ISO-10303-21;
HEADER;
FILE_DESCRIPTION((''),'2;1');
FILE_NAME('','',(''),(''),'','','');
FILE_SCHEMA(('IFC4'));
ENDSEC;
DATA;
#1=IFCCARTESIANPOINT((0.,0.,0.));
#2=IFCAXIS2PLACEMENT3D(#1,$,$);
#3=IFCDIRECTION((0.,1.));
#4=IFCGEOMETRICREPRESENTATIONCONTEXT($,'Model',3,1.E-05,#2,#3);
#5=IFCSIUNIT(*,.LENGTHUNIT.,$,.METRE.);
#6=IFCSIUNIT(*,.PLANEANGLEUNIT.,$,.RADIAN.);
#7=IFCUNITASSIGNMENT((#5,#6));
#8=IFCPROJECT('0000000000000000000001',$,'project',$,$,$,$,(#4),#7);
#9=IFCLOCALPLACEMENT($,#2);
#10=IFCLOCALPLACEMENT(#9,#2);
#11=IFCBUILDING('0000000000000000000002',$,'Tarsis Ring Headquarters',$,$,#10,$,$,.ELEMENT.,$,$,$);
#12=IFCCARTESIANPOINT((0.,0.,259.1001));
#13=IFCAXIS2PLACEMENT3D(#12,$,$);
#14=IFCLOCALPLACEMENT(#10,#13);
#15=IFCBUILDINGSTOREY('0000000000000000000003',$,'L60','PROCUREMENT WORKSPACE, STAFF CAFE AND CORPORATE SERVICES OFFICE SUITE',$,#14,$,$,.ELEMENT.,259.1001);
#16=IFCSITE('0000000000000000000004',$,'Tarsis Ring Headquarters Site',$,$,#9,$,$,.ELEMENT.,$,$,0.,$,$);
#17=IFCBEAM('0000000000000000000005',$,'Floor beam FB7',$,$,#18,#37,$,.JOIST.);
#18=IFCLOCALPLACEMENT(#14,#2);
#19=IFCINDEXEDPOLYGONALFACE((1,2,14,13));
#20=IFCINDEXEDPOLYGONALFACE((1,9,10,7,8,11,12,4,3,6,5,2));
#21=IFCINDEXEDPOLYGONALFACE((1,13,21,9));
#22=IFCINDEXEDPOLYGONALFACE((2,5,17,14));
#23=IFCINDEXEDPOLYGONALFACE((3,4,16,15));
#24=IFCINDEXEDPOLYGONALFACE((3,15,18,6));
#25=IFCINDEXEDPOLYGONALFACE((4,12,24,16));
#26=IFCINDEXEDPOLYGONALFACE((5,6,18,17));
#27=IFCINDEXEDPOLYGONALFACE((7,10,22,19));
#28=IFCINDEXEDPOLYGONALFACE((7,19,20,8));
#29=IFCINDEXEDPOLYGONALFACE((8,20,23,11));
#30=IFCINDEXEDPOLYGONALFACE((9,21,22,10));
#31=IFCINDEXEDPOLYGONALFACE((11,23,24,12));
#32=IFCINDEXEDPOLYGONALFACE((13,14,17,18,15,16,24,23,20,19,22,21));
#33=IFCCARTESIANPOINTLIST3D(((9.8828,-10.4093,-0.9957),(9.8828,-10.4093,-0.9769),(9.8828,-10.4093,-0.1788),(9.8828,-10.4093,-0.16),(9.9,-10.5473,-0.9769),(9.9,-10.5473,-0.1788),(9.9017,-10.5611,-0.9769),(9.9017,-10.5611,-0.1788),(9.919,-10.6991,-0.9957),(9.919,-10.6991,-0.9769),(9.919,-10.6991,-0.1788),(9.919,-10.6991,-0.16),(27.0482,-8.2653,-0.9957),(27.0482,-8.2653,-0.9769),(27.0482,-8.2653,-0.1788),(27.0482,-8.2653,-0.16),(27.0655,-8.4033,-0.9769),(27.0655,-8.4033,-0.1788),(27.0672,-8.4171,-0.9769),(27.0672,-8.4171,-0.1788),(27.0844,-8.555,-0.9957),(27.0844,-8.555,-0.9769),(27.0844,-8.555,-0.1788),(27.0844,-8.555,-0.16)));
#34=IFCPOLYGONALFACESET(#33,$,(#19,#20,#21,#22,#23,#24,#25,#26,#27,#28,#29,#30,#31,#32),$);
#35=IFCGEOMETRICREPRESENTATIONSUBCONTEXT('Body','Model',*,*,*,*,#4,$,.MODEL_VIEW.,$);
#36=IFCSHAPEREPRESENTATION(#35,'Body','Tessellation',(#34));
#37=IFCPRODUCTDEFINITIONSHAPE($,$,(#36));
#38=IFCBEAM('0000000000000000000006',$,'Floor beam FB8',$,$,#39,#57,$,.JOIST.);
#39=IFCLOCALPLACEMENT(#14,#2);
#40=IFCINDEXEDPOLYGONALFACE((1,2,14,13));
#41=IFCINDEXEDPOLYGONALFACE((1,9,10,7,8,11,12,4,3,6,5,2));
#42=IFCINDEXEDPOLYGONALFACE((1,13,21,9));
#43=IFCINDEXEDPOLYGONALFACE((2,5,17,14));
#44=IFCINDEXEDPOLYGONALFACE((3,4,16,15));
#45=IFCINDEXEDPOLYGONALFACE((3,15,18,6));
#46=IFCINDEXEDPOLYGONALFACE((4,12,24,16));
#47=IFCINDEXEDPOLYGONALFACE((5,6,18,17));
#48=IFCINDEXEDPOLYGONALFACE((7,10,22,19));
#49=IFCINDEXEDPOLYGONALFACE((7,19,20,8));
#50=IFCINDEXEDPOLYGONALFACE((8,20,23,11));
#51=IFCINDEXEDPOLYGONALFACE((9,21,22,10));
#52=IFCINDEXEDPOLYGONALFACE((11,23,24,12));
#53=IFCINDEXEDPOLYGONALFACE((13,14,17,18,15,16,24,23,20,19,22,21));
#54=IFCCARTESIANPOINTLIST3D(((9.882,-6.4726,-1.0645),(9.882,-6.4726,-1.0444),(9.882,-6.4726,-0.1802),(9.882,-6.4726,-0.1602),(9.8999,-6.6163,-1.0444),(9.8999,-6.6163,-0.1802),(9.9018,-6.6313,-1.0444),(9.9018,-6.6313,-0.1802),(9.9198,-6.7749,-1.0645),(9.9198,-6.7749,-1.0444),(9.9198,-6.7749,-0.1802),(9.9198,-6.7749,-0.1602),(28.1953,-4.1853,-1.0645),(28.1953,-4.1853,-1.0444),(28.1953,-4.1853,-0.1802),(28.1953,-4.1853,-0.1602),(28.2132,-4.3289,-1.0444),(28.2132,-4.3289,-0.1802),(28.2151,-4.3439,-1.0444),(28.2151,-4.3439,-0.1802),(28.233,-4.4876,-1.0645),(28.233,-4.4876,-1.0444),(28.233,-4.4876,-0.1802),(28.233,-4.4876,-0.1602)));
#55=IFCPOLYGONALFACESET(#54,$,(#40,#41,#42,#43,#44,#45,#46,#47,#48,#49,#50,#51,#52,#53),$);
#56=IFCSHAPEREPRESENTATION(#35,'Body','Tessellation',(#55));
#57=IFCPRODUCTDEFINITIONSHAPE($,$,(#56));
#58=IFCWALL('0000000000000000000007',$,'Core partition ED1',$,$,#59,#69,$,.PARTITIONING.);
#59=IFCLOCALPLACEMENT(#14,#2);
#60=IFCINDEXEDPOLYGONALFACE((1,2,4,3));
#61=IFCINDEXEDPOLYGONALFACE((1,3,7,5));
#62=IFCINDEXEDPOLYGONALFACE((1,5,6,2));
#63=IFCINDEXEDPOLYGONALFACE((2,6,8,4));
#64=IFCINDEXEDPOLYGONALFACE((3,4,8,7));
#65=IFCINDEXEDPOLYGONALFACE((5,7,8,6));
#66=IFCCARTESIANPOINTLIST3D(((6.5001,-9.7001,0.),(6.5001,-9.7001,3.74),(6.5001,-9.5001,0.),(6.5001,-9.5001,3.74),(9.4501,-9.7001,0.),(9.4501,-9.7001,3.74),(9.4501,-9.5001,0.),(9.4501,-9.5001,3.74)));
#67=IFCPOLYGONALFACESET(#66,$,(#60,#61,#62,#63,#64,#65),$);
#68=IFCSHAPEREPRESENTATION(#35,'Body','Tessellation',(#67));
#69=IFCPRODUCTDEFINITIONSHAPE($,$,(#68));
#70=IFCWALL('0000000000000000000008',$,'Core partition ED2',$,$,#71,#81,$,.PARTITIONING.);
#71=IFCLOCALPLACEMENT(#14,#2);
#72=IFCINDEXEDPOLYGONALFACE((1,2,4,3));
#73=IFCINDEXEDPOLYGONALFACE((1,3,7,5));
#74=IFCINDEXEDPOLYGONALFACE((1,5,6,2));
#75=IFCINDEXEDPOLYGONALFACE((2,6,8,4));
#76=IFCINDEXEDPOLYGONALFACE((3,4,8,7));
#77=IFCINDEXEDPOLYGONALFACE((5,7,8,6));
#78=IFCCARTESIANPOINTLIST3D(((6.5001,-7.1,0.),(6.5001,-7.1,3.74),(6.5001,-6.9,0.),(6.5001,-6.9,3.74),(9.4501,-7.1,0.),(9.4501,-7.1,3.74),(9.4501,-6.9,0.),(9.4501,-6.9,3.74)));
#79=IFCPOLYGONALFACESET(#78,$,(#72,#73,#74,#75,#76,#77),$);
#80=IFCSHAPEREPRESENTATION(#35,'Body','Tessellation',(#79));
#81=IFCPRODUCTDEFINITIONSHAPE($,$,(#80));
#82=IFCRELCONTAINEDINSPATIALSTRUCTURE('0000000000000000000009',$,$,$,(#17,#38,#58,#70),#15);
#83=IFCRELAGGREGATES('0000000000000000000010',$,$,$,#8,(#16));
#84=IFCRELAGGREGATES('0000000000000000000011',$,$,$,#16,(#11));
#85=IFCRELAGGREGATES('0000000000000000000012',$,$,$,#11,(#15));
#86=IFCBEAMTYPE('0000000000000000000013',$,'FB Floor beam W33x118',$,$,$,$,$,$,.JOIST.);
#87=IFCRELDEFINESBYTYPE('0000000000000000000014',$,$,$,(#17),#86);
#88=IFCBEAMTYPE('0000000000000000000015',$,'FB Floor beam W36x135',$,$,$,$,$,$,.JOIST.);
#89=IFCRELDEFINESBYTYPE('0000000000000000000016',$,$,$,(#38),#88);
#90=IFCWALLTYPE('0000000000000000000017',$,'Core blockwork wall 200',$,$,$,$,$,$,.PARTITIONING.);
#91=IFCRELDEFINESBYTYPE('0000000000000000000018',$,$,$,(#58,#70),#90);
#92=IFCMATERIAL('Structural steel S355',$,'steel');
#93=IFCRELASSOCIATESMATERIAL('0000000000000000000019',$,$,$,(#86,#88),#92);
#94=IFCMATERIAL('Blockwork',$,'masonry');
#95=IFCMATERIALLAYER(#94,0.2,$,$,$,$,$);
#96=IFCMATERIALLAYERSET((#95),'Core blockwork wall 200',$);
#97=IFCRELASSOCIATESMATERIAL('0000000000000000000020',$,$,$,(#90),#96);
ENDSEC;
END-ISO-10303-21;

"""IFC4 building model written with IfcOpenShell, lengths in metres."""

from ifc_helpers import new_model, si_unit, direction, frame, frame_2d, origin, origin_2d, place, context, subcontext, project, spatial, rectangle, i_section, extrude, material, layer, layer_set, material_profile, profile_set, type_object, element, save


model = new_model("IFC4")

# Units and contexts
model_context = context("Model", 3, precision=1e-05, world=origin(), true_north=direction((0.0, 1.0)))
body_context = subcontext(model_context, "Body", "Model", "MODEL_VIEW")
ifc_project = project(units=[si_unit("LENGTHUNIT", "METRE"), si_unit("PLANEANGLEUNIT", "RADIAN")], contexts=[model_context])

# Site, building, storey
site_placement = place(None, origin())
site = spatial("IfcSite", under=ifc_project, at=site_placement, Name="Tarsis Ring Headquarters Site", CompositionType="ELEMENT", RefElevation=0.0)
building_placement = place(site_placement, origin())
building = spatial("IfcBuilding", under=site, at=building_placement, Name="Tarsis Ring Headquarters", CompositionType="ELEMENT")
storey_placement = place(building_placement, frame((0.0, 0.0, 259.1001)))
storey = spatial("IfcBuildingStorey", under=building, at=storey_placement, Name="L60", Description="PROCUREMENT WORKSPACE, STAFF CAFE AND CORPORATE SERVICES OFFICE SUITE", CompositionType="ELEMENT", Elevation=259.1001)

# Beams
ifc_material_1 = material(Name="Structural steel S355", Category="steel")
ifc_material_profile_1 = material_profile(ifc_material_1, i_section(OverallWidth=0.292, OverallDepth=0.8357, WebThickness=0.0139, FlangeThickness=0.0188, at=origin_2d()), Name="W33x118")
ifc_profile_set_1 = profile_set([ifc_material_profile_1], Name="Structural steel S355")
beam_type_1 = type_object("IfcBeamType", Name="FB Floor beam W33x118", PredefinedType="JOIST", material=ifc_profile_set_1)
beam_1_placement = place(storey_placement, frame((9.9009, -10.5542, -0.5779), z_axis=(0.99229, 0.123941, 0.0), x_axis=(-0.123941, 0.99229, 0.0)))
element("IfcBeam", 1, at=beam_1_placement, inside=storey, type_object=beam_type_1, Name="Floor beam FB7", PredefinedType="JOIST", context=body_context, shape_type="SweptSolid", body=[
    extrude(i_section(OverallWidth=0.292, OverallDepth=0.8357, WebThickness=0.0139, FlangeThickness=0.0188, at=origin_2d()), origin(), (0.0, 0.0, 1.0), 17.2988),
])
ifc_material_profile_2 = material_profile(ifc_material_1, i_section(OverallWidth=0.3047, OverallDepth=0.9043, WebThickness=0.0151, FlangeThickness=0.02, at=origin_2d()), Name="W36x135")
ifc_profile_set_2 = profile_set([ifc_material_profile_2], Name="Structural steel S355")
beam_type_2 = type_object("IfcBeamType", Name="FB Floor beam W36x135", PredefinedType="JOIST", material=ifc_profile_set_2)
beam_2_placement = place(storey_placement, frame((9.9009, -6.6238, -0.6123), z_axis=(0.99229, 0.123939, 0.0), x_axis=(-0.123939, 0.99229, 0.0)))
element("IfcBeam", 2, at=beam_2_placement, inside=storey, type_object=beam_type_2, Name="Floor beam FB8", PredefinedType="JOIST", context=body_context, shape_type="SweptSolid", body=[
    extrude(i_section(OverallWidth=0.3047, OverallDepth=0.9043, WebThickness=0.0151, FlangeThickness=0.02, at=origin_2d()), origin(), (0.0, 0.0, 1.0), 18.4556),
])

# Walls
ifc_material_2 = material(Name="Blockwork", Category="masonry")
ifc_layer_1 = layer(ifc_material_2, 0.2)
ifc_layer_set_1 = layer_set([ifc_layer_1], Name="Core blockwork wall 200")
wall_type_1 = type_object("IfcWallType", Name="Core blockwork wall 200", PredefinedType="PARTITIONING", material=ifc_layer_set_1)
for number, where, z_axis, x_axis, name in (
    (3, (6.5, -9.6001, 0.0), (0.0, 0.0, 1.0), (1.0, 0.0, 0.0), "Core partition ED1"),
    (4, (6.5, -7.0, 0.0), (0.0, 0.0, 1.0), (1.0, 0.0, 0.0), "Core partition ED2"),
):
    element("IfcWall", number, at=place(storey_placement, frame(where, z_axis=z_axis, x_axis=x_axis)), inside=storey, type_object=wall_type_1, Name=name, PredefinedType="PARTITIONING", context=body_context, shape_type="SweptSolid", body=[
        extrude(rectangle(XDim=2.95, YDim=0.2, at=frame_2d((1.4751, 0.0))), origin(), (0.0, 0.0, 1.0), 3.74),
    ])

save(model, "model.ifc")
